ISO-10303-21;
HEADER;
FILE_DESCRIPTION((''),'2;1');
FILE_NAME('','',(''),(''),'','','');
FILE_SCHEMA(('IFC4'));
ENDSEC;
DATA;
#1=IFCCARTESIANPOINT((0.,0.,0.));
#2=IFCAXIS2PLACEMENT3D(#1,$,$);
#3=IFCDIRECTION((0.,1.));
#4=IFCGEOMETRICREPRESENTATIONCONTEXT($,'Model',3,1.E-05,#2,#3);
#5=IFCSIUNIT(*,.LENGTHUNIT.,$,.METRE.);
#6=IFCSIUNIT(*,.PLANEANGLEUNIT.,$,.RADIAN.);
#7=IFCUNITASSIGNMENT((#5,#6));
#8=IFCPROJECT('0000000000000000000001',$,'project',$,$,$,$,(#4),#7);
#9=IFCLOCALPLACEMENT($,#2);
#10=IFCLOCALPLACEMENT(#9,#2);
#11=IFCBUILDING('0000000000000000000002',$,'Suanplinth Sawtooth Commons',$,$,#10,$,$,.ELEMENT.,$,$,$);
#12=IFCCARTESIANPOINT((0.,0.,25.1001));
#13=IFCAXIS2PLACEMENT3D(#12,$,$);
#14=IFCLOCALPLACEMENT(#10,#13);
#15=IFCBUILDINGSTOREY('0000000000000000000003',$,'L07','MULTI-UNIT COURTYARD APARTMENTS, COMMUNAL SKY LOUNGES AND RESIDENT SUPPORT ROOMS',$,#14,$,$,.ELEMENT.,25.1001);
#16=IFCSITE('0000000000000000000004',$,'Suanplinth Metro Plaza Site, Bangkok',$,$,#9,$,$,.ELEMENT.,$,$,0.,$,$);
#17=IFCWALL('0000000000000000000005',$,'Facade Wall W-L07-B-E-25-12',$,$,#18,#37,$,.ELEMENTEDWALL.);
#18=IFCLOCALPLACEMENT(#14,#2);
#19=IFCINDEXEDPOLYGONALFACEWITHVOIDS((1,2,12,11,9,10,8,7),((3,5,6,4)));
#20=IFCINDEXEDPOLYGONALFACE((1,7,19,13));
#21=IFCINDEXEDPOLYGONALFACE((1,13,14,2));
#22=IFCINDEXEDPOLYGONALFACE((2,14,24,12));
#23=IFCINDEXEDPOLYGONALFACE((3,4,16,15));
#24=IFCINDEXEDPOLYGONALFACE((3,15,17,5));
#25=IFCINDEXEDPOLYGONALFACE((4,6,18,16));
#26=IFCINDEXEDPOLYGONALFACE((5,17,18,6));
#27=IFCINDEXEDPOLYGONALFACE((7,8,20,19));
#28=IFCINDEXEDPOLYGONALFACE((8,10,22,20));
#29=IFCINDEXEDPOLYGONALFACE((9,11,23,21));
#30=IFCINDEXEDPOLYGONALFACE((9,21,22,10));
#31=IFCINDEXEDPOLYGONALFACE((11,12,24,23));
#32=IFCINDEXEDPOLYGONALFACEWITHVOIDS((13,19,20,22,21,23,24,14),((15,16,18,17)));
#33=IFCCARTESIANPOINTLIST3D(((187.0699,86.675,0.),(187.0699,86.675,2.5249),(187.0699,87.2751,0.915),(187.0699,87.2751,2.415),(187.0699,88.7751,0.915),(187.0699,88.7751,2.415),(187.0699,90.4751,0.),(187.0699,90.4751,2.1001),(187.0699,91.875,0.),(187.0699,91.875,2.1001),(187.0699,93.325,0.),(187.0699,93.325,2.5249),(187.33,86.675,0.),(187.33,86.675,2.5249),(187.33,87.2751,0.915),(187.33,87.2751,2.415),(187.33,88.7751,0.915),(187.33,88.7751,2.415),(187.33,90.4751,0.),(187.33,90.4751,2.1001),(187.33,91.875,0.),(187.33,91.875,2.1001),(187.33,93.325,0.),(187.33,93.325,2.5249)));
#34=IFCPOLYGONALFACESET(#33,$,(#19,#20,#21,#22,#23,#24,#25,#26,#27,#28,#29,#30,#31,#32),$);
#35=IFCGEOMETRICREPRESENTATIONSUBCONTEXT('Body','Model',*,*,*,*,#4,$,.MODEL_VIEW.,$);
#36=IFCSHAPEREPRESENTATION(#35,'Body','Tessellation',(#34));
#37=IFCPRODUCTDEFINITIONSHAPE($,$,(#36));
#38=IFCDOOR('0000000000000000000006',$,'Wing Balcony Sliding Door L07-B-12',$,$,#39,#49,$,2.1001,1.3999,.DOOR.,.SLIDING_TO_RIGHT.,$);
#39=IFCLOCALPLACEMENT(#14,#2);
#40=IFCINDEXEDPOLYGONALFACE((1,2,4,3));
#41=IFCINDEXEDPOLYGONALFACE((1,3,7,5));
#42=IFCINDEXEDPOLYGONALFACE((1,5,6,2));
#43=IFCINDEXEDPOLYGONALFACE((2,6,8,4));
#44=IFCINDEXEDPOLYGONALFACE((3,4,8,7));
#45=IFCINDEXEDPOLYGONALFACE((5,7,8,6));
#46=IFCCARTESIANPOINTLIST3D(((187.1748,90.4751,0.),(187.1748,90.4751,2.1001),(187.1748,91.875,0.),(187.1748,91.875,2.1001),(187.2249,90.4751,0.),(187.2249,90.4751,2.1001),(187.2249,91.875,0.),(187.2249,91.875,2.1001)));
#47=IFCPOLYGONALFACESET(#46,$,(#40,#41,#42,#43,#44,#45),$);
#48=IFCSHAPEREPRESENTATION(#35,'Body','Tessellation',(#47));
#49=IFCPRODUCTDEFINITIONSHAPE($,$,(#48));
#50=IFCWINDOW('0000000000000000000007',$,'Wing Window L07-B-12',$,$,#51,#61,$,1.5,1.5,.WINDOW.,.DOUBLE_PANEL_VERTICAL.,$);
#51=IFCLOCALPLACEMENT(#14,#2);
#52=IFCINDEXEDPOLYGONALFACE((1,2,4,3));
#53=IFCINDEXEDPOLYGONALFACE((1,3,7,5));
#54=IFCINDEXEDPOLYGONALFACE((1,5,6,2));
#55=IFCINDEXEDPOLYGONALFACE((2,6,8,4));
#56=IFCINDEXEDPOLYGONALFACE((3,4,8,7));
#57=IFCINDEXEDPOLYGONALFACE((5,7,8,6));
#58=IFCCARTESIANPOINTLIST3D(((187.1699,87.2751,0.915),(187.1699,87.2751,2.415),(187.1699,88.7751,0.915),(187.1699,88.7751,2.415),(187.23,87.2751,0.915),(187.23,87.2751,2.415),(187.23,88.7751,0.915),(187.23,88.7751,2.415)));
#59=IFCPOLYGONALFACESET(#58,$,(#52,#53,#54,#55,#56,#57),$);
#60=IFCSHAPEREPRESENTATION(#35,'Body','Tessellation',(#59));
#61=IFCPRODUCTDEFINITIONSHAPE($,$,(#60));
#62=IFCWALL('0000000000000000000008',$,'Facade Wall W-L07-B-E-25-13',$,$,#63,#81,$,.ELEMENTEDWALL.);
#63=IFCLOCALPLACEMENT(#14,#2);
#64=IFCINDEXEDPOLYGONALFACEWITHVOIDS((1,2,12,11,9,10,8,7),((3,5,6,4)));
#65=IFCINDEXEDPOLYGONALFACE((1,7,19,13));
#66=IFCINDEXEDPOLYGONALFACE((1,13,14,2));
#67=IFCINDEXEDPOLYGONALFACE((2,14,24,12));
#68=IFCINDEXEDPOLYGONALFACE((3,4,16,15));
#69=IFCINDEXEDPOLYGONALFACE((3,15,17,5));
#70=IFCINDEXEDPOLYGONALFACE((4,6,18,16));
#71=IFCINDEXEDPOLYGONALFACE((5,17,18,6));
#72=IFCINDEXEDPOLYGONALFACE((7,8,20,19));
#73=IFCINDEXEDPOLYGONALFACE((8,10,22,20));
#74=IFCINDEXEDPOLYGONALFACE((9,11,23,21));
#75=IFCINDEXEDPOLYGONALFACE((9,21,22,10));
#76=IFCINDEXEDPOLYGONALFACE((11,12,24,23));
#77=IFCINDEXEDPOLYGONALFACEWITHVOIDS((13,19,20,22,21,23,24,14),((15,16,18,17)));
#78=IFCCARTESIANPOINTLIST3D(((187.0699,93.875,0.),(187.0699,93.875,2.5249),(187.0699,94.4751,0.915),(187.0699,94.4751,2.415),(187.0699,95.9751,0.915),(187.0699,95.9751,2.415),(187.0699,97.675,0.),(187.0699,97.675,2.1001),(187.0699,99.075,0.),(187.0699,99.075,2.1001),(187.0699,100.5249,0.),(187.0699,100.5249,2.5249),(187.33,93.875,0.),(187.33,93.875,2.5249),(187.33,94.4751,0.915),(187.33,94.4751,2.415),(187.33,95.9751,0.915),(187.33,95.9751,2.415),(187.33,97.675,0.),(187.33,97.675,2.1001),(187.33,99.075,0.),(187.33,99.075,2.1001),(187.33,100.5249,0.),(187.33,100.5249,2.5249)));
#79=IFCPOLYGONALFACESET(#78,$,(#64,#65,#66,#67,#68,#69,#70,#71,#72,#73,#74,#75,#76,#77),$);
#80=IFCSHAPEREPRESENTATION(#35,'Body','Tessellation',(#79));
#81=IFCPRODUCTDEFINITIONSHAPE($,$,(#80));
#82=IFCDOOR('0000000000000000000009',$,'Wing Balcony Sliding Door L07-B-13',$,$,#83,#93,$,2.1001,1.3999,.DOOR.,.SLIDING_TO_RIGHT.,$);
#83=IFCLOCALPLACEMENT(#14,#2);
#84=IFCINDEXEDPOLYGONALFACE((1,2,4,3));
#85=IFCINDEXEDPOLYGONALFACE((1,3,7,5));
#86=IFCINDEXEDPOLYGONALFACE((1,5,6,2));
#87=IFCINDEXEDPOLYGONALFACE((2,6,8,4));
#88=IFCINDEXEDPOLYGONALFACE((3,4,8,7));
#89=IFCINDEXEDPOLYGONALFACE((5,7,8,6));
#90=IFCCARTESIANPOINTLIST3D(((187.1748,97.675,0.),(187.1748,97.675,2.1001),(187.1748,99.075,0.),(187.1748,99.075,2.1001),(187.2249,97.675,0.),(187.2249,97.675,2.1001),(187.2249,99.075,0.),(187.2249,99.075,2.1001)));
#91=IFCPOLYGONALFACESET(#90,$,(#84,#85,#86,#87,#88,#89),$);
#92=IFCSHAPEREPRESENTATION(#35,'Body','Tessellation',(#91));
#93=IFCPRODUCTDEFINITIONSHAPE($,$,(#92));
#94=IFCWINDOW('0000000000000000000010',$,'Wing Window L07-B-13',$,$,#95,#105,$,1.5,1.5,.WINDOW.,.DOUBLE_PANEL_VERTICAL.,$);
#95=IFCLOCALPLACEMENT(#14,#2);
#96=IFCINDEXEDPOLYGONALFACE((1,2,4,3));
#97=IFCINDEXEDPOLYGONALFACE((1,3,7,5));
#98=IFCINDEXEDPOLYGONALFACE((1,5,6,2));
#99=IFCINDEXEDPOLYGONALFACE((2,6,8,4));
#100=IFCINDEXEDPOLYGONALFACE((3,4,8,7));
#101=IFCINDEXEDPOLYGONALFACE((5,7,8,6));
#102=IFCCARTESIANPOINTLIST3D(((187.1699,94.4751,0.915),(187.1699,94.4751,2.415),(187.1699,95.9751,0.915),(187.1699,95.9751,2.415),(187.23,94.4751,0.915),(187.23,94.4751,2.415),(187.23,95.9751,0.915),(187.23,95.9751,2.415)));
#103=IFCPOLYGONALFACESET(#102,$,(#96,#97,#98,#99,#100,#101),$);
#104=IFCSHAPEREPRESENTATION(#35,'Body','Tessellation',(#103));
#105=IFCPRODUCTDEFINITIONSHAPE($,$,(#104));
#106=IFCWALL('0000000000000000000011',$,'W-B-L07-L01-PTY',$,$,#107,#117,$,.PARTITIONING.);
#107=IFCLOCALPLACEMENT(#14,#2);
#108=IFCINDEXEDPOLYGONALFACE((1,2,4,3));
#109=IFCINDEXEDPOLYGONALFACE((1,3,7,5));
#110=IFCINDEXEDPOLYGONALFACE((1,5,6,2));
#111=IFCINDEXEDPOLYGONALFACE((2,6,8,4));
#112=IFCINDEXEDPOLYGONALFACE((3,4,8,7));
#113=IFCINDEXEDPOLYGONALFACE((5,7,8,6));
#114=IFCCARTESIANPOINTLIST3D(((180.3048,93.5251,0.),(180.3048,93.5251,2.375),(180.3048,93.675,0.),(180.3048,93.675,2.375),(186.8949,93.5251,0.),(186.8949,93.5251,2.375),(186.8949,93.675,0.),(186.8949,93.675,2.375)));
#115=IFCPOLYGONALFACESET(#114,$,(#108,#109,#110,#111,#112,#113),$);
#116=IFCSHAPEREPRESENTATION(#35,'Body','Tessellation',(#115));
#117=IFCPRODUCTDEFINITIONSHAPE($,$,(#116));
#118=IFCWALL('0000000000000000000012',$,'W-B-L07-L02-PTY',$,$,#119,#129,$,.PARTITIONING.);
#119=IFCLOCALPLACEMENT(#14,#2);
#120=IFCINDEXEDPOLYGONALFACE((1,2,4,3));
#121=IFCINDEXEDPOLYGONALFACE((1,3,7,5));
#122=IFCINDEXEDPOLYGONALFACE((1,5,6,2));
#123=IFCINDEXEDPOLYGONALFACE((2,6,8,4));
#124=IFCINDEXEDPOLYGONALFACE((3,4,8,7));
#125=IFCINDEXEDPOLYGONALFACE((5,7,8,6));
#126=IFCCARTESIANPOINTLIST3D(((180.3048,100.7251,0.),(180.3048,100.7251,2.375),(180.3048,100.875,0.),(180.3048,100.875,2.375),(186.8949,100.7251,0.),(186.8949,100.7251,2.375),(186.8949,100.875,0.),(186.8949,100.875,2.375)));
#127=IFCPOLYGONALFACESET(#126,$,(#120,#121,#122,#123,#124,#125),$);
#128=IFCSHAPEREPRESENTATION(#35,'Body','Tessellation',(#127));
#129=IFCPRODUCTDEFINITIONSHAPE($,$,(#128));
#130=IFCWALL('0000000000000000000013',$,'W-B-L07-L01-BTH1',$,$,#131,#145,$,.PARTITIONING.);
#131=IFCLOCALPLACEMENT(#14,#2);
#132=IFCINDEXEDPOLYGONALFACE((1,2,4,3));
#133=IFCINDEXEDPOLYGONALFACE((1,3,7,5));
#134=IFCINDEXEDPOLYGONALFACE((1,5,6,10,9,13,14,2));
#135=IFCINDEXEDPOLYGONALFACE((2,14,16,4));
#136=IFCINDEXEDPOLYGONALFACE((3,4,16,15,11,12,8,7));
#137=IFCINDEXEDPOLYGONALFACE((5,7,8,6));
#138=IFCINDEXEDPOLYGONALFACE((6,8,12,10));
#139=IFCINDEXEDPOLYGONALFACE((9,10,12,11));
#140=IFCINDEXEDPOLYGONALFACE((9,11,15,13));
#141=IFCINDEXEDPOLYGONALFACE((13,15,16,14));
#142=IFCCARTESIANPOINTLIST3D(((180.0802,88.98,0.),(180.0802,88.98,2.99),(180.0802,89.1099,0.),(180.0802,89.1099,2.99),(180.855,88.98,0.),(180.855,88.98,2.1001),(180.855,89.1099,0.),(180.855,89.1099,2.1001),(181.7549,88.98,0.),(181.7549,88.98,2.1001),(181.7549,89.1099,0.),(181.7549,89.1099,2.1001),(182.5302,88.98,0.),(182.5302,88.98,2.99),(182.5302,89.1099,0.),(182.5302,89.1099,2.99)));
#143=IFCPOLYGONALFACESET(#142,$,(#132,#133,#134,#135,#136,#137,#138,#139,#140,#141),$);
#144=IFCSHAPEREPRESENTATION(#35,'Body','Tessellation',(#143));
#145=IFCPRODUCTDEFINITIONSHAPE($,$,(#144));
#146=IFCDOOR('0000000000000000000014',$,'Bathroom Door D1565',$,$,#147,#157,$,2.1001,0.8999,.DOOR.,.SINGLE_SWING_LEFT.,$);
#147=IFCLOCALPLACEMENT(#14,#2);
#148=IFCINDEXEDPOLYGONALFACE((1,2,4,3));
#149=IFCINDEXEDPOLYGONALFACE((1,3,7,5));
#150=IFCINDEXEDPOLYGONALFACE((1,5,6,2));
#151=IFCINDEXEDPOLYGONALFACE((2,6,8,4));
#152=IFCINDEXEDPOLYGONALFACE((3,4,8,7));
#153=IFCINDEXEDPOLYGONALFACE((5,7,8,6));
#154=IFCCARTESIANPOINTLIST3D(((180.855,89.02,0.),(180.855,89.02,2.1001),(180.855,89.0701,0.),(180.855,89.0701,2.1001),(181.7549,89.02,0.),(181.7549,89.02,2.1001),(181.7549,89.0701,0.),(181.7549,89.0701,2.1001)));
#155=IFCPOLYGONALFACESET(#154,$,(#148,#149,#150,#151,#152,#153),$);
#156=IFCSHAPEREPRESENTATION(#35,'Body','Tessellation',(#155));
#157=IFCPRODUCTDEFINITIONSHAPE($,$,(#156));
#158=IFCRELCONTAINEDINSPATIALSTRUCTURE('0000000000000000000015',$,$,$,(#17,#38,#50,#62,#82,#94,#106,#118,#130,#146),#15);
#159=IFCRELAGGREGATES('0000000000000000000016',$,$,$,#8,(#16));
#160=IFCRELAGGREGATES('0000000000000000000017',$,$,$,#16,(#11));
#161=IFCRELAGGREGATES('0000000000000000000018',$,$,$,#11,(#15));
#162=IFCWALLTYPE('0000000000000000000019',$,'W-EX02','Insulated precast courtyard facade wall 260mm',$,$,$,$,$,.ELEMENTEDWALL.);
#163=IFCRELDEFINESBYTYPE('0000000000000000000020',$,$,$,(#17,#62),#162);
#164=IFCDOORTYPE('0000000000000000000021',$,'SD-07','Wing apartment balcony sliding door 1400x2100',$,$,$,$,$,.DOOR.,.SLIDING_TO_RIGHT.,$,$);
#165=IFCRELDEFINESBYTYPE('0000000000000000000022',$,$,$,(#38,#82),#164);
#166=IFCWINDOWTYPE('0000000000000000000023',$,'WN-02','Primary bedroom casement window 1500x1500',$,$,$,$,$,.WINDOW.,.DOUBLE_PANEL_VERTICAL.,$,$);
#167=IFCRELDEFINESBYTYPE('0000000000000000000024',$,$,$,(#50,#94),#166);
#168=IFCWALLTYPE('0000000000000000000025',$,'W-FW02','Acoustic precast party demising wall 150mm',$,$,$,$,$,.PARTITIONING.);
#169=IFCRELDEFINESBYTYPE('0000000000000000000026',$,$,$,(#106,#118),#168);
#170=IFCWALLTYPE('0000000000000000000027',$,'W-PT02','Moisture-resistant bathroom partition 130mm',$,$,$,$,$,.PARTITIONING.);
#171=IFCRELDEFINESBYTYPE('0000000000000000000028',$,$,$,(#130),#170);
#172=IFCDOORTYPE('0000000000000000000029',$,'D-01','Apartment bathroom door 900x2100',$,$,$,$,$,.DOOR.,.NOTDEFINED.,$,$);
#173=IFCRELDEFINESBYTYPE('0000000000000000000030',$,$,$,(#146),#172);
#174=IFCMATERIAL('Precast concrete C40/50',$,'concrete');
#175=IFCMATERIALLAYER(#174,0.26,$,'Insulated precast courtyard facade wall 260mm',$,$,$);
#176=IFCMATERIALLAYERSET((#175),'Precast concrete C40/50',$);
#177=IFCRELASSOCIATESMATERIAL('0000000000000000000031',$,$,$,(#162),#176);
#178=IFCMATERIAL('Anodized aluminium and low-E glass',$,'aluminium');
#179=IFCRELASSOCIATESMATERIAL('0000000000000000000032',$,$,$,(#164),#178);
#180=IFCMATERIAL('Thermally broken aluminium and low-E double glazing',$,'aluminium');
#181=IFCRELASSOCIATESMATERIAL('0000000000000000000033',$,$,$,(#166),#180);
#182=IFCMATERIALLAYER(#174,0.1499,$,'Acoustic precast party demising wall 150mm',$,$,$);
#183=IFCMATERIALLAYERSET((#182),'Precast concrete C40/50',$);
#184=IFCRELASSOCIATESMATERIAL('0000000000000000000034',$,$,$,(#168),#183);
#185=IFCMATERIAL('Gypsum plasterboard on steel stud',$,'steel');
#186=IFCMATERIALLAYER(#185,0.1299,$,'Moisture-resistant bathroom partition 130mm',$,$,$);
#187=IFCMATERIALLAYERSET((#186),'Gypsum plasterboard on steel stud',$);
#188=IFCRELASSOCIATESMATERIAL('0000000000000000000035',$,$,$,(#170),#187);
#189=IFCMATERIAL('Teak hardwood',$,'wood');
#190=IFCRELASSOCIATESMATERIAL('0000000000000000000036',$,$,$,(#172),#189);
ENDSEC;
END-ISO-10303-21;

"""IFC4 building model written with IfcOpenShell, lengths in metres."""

from ifc_helpers import new_model, si_unit, direction, frame, frame_2d, origin, place, context, subcontext, project, spatial, rectangle, extrude, material, layer, layer_set, type_object, element, fill, save


model = new_model("IFC4")

# Units and contexts
model_context = context("Model", 3, precision=1e-05, world=origin(), true_north=direction((0.0, 1.0)))
body_context = subcontext(model_context, "Body", "Model", "MODEL_VIEW")
ifc_project = project(units=[si_unit("LENGTHUNIT", "METRE"), si_unit("PLANEANGLEUNIT", "RADIAN")], contexts=[model_context])

# Site, building, storey
site_placement = place(None, origin())
site = spatial("IfcSite", under=ifc_project, at=site_placement, Name="Suanplinth Metro Plaza Site, Bangkok", CompositionType="ELEMENT", RefElevation=0.0)
building_placement = place(site_placement, origin())
building = spatial("IfcBuilding", under=site, at=building_placement, Name="Suanplinth Sawtooth Commons", CompositionType="ELEMENT")
storey_placement = place(building_placement, frame((0.0, 0.0, 25.1001)))
storey = spatial("IfcBuildingStorey", under=building, at=storey_placement, Name="L07", Description="MULTI-UNIT COURTYARD APARTMENTS, COMMUNAL SKY LOUNGES AND RESIDENT SUPPORT ROOMS", CompositionType="ELEMENT", Elevation=25.1001)

# Shared definitions
ifc_material_1 = material(Name="Precast concrete C40/50", Category="concrete")

# Walls, openings, doors, windows
ifc_layer_1 = layer(ifc_material_1, 0.26, Name="Insulated precast courtyard facade wall 260mm")
ifc_layer_set_1 = layer_set([ifc_layer_1], Name="Precast concrete C40/50")
wall_type_1 = type_object("IfcWallType", Name="W-EX02", Description="Insulated precast courtyard facade wall 260mm", PredefinedType="ELEMENTEDWALL", material=ifc_layer_set_1)
wall_1_placement = place(storey_placement, frame((187.2, 86.675, 0.0), z_axis=(0.0, 0.0, 1.0), x_axis=(0.0, 1.0, 0.0)))
wall_1 = element("IfcWall", 1, at=wall_1_placement, inside=storey, type_object=wall_type_1, Name="Facade Wall W-L07-B-E-25-12", PredefinedType="ELEMENTEDWALL", context=body_context, shape_type="SweptSolid", body=[
    extrude(rectangle(XDim=6.6499, YDim=0.26, at=frame_2d((3.325, 0.0))), origin(), (0.0, 0.0, 1.0), 2.5249),
])
opening_1_placement = place(wall_1_placement, frame((3.8, 0.0, 0.0)))
opening_1 = element("IfcOpeningElement", 2, at=opening_1_placement, cuts=wall_1, PredefinedType="OPENING", context=body_context, shape_type="SweptSolid", body=[
    extrude(rectangle(XDim=1.3999, YDim=2.1001, at=frame_2d((0.7, 1.05))), frame((0.0, 0.145, 0.0), z_axis=(0.0, -1.0, 0.0), x_axis=(1.0, 0.0, 0.0)), (0.0, 0.0, 1.0), 0.2898),
])
opening_2_placement = place(wall_1_placement, frame((0.6001, 0.0, 0.915)))
opening_2 = element("IfcOpeningElement", 3, at=opening_2_placement, cuts=wall_1, PredefinedType="OPENING", context=body_context, shape_type="SweptSolid", body=[
    extrude(rectangle(XDim=1.5, YDim=1.5, at=frame_2d((0.75, 0.75))), frame((0.0, 0.145, 0.0), z_axis=(0.0, -1.0, 0.0), x_axis=(1.0, 0.0, 0.0)), (0.0, 0.0, 1.0), 0.2898),
])
ifc_material_2 = material(Name="Anodized aluminium and low-E glass", Category="aluminium")
door_type_1 = type_object("IfcDoorType", Name="SD-07", Description="Wing apartment balcony sliding door 1400x2100", OperationType="SLIDING_TO_RIGHT", PredefinedType="DOOR", material=ifc_material_2)
door_1_placement = place(opening_1_placement, frame((1.3999, 0.0, 0.0), z_axis=(0.0, 0.0, 1.0), x_axis=(-1.0, 0.0, 0.0)))
door_1 = element("IfcDoor", 4, at=door_1_placement, inside=storey, type_object=door_type_1, Name="Wing Balcony Sliding Door L07-B-12", OperationType="SLIDING_TO_RIGHT", OverallHeight=2.1001, OverallWidth=1.3999, PredefinedType="DOOR", context=body_context, shape_type="SweptSolid", body=[
    extrude(rectangle(XDim=1.3999, YDim=2.1001, at=frame_2d((0.7, 1.05))), frame((0.0, 0.0249, 0.0), z_axis=(0.0, -1.0, 0.0), x_axis=(1.0, 0.0, 0.0)), (0.0, 0.0, 1.0), 0.05),
])
fill(opening_1, door_1)
ifc_material_3 = material(Name="Thermally broken aluminium and low-E double glazing", Category="aluminium")
window_type = type_object("IfcWindowType", Name="WN-02", Description="Primary bedroom casement window 1500x1500", PartitioningType="DOUBLE_PANEL_VERTICAL", PredefinedType="WINDOW", material=ifc_material_3)
window_1_placement = place(opening_2_placement, origin())
window_1 = element("IfcWindow", 5, at=window_1_placement, inside=storey, type_object=window_type, Name="Wing Window L07-B-12", OverallHeight=1.5, OverallWidth=1.5, PartitioningType="DOUBLE_PANEL_VERTICAL", PredefinedType="WINDOW", context=body_context, shape_type="SweptSolid", body=[
    extrude(rectangle(XDim=1.5, YDim=1.5, at=frame_2d((0.75, 0.75))), frame((0.0, 0.03, 0.0), z_axis=(0.0, -1.0, 0.0), x_axis=(1.0, 0.0, 0.0)), (0.0, 0.0, 1.0), 0.0601),
])
fill(opening_2, window_1)
wall_2_placement = place(storey_placement, frame((187.2, 93.875, 0.0), z_axis=(0.0, 0.0, 1.0), x_axis=(0.0, 1.0, 0.0)))
wall_2 = element("IfcWall", 6, at=wall_2_placement, inside=storey, type_object=wall_type_1, Name="Facade Wall W-L07-B-E-25-13", PredefinedType="ELEMENTEDWALL", context=body_context, shape_type="SweptSolid", body=[
    extrude(rectangle(XDim=6.6499, YDim=0.26, at=frame_2d((3.325, 0.0))), origin(), (0.0, 0.0, 1.0), 2.5249),
])
opening_3_placement = place(wall_2_placement, frame((3.8, 0.0, 0.0)))
opening_3 = element("IfcOpeningElement", 7, at=opening_3_placement, cuts=wall_2, PredefinedType="OPENING", context=body_context, shape_type="SweptSolid", body=[
    extrude(rectangle(XDim=1.3999, YDim=2.1001, at=frame_2d((0.7, 1.05))), frame((0.0, 0.145, 0.0), z_axis=(0.0, -1.0, 0.0), x_axis=(1.0, 0.0, 0.0)), (0.0, 0.0, 1.0), 0.2898),
])
opening_4_placement = place(wall_2_placement, frame((0.6001, 0.0, 0.915)))
opening_4 = element("IfcOpeningElement", 8, at=opening_4_placement, cuts=wall_2, PredefinedType="OPENING", context=body_context, shape_type="SweptSolid", body=[
    extrude(rectangle(XDim=1.5, YDim=1.5, at=frame_2d((0.75, 0.75))), frame((0.0, 0.145, 0.0), z_axis=(0.0, -1.0, 0.0), x_axis=(1.0, 0.0, 0.0)), (0.0, 0.0, 1.0), 0.2898),
])
door_2_placement = place(opening_3_placement, frame((1.3999, 0.0, 0.0), z_axis=(0.0, 0.0, 1.0), x_axis=(-1.0, 0.0, 0.0)))
door_2 = element("IfcDoor", 9, at=door_2_placement, inside=storey, type_object=door_type_1, Name="Wing Balcony Sliding Door L07-B-13", OperationType="SLIDING_TO_RIGHT", OverallHeight=2.1001, OverallWidth=1.3999, PredefinedType="DOOR", context=body_context, shape_type="SweptSolid", body=[
    extrude(rectangle(XDim=1.3999, YDim=2.1001, at=frame_2d((0.7, 1.05))), frame((0.0, 0.0249, 0.0), z_axis=(0.0, -1.0, 0.0), x_axis=(1.0, 0.0, 0.0)), (0.0, 0.0, 1.0), 0.05),
])
fill(opening_3, door_2)
window_2_placement = place(opening_4_placement, origin())
window_2 = element("IfcWindow", 10, at=window_2_placement, inside=storey, type_object=window_type, Name="Wing Window L07-B-13", OverallHeight=1.5, OverallWidth=1.5, PartitioningType="DOUBLE_PANEL_VERTICAL", PredefinedType="WINDOW", context=body_context, shape_type="SweptSolid", body=[
    extrude(rectangle(XDim=1.5, YDim=1.5, at=frame_2d((0.75, 0.75))), frame((0.0, 0.03, 0.0), z_axis=(0.0, -1.0, 0.0), x_axis=(1.0, 0.0, 0.0)), (0.0, 0.0, 1.0), 0.0601),
])
fill(opening_4, window_2)

# Walls
ifc_layer_2 = layer(ifc_material_1, 0.1499, Name="Acoustic precast party demising wall 150mm")
ifc_layer_set_2 = layer_set([ifc_layer_2], Name="Precast concrete C40/50")
wall_type_2 = type_object("IfcWallType", Name="W-FW02", Description="Acoustic precast party demising wall 150mm", PredefinedType="PARTITIONING", material=ifc_layer_set_2)
for number, where, z_axis, x_axis, name in (
    (11, (180.3049, 93.6001, 0.0), (0.0, 0.0, 1.0), (1.0, 0.0, 0.0), "W-B-L07-L01-PTY"),
    (12, (180.3049, 100.8, 0.0), (0.0, 0.0, 1.0), (1.0, 0.0, 0.0), "W-B-L07-L02-PTY"),
):
    element("IfcWall", number, at=place(storey_placement, frame(where, z_axis=z_axis, x_axis=x_axis)), inside=storey, type_object=wall_type_2, Name=name, PredefinedType="PARTITIONING", context=body_context, shape_type="SweptSolid", body=[
        extrude(rectangle(XDim=6.5901, YDim=0.1499, at=frame_2d((3.2949, 0.0))), origin(), (0.0, 0.0, 1.0), 2.375),
    ])

# Wall, opening, door
ifc_material_4 = material(Name="Gypsum plasterboard on steel stud", Category="steel")
ifc_layer_3 = layer(ifc_material_4, 0.1299, Name="Moisture-resistant bathroom partition 130mm")
ifc_layer_set_3 = layer_set([ifc_layer_3], Name="Gypsum plasterboard on steel stud")
wall_type_3 = type_object("IfcWallType", Name="W-PT02", Description="Moisture-resistant bathroom partition 130mm", PredefinedType="PARTITIONING", material=ifc_layer_set_3)
wall_3_placement = place(storey_placement, frame((180.0801, 89.0449, 0.0), z_axis=(0.0, 0.0, 1.0), x_axis=(1.0, 0.0, 0.0)))
wall_3 = element("IfcWall", 13, at=wall_3_placement, inside=storey, type_object=wall_type_3, Name="W-B-L07-L01-BTH1", PredefinedType="PARTITIONING", context=body_context, shape_type="SweptSolid", body=[
    extrude(rectangle(XDim=2.45, YDim=0.1299, at=frame_2d((1.2251, 0.0))), origin(), (0.0, 0.0, 1.0), 2.99),
])
opening_5_placement = place(wall_3_placement, frame((0.7749, 0.0, 0.0)))
opening_5 = element("IfcOpeningElement", 14, at=opening_5_placement, cuts=wall_3, PredefinedType="OPENING", context=body_context, shape_type="SweptSolid", body=[
    extrude(rectangle(XDim=0.8999, YDim=2.1001, at=frame_2d((0.45, 1.05))), frame((0.0, 0.0798, 0.0), z_axis=(0.0, -1.0, 0.0), x_axis=(1.0, 0.0, 0.0)), (0.0, 0.0, 1.0), 0.1597),
])
ifc_material_5 = material(Name="Teak hardwood", Category="wood")
door_type_2 = type_object("IfcDoorType", Name="D-01", Description="Apartment bathroom door 900x2100", OperationType="NOTDEFINED", PredefinedType="DOOR", material=ifc_material_5)
door_3_placement = place(opening_5_placement, frame((0.8999, 0.0, 0.0), z_axis=(0.0, 0.0, 1.0), x_axis=(-1.0, 0.0, 0.0)))
door_3 = element("IfcDoor", 15, at=door_3_placement, inside=storey, type_object=door_type_2, Name="Bathroom Door D1565", OperationType="SINGLE_SWING_LEFT", OverallHeight=2.1001, OverallWidth=0.8999, PredefinedType="DOOR", context=body_context, shape_type="SweptSolid", body=[
    extrude(rectangle(XDim=0.8999, YDim=2.1001, at=frame_2d((0.45, 1.05))), frame((0.0, 0.0249, 0.0), z_axis=(0.0, -1.0, 0.0), x_axis=(1.0, 0.0, 0.0)), (0.0, 0.0, 1.0), 0.05),
])
fill(opening_5, door_3)

save(model, "model.ifc")
